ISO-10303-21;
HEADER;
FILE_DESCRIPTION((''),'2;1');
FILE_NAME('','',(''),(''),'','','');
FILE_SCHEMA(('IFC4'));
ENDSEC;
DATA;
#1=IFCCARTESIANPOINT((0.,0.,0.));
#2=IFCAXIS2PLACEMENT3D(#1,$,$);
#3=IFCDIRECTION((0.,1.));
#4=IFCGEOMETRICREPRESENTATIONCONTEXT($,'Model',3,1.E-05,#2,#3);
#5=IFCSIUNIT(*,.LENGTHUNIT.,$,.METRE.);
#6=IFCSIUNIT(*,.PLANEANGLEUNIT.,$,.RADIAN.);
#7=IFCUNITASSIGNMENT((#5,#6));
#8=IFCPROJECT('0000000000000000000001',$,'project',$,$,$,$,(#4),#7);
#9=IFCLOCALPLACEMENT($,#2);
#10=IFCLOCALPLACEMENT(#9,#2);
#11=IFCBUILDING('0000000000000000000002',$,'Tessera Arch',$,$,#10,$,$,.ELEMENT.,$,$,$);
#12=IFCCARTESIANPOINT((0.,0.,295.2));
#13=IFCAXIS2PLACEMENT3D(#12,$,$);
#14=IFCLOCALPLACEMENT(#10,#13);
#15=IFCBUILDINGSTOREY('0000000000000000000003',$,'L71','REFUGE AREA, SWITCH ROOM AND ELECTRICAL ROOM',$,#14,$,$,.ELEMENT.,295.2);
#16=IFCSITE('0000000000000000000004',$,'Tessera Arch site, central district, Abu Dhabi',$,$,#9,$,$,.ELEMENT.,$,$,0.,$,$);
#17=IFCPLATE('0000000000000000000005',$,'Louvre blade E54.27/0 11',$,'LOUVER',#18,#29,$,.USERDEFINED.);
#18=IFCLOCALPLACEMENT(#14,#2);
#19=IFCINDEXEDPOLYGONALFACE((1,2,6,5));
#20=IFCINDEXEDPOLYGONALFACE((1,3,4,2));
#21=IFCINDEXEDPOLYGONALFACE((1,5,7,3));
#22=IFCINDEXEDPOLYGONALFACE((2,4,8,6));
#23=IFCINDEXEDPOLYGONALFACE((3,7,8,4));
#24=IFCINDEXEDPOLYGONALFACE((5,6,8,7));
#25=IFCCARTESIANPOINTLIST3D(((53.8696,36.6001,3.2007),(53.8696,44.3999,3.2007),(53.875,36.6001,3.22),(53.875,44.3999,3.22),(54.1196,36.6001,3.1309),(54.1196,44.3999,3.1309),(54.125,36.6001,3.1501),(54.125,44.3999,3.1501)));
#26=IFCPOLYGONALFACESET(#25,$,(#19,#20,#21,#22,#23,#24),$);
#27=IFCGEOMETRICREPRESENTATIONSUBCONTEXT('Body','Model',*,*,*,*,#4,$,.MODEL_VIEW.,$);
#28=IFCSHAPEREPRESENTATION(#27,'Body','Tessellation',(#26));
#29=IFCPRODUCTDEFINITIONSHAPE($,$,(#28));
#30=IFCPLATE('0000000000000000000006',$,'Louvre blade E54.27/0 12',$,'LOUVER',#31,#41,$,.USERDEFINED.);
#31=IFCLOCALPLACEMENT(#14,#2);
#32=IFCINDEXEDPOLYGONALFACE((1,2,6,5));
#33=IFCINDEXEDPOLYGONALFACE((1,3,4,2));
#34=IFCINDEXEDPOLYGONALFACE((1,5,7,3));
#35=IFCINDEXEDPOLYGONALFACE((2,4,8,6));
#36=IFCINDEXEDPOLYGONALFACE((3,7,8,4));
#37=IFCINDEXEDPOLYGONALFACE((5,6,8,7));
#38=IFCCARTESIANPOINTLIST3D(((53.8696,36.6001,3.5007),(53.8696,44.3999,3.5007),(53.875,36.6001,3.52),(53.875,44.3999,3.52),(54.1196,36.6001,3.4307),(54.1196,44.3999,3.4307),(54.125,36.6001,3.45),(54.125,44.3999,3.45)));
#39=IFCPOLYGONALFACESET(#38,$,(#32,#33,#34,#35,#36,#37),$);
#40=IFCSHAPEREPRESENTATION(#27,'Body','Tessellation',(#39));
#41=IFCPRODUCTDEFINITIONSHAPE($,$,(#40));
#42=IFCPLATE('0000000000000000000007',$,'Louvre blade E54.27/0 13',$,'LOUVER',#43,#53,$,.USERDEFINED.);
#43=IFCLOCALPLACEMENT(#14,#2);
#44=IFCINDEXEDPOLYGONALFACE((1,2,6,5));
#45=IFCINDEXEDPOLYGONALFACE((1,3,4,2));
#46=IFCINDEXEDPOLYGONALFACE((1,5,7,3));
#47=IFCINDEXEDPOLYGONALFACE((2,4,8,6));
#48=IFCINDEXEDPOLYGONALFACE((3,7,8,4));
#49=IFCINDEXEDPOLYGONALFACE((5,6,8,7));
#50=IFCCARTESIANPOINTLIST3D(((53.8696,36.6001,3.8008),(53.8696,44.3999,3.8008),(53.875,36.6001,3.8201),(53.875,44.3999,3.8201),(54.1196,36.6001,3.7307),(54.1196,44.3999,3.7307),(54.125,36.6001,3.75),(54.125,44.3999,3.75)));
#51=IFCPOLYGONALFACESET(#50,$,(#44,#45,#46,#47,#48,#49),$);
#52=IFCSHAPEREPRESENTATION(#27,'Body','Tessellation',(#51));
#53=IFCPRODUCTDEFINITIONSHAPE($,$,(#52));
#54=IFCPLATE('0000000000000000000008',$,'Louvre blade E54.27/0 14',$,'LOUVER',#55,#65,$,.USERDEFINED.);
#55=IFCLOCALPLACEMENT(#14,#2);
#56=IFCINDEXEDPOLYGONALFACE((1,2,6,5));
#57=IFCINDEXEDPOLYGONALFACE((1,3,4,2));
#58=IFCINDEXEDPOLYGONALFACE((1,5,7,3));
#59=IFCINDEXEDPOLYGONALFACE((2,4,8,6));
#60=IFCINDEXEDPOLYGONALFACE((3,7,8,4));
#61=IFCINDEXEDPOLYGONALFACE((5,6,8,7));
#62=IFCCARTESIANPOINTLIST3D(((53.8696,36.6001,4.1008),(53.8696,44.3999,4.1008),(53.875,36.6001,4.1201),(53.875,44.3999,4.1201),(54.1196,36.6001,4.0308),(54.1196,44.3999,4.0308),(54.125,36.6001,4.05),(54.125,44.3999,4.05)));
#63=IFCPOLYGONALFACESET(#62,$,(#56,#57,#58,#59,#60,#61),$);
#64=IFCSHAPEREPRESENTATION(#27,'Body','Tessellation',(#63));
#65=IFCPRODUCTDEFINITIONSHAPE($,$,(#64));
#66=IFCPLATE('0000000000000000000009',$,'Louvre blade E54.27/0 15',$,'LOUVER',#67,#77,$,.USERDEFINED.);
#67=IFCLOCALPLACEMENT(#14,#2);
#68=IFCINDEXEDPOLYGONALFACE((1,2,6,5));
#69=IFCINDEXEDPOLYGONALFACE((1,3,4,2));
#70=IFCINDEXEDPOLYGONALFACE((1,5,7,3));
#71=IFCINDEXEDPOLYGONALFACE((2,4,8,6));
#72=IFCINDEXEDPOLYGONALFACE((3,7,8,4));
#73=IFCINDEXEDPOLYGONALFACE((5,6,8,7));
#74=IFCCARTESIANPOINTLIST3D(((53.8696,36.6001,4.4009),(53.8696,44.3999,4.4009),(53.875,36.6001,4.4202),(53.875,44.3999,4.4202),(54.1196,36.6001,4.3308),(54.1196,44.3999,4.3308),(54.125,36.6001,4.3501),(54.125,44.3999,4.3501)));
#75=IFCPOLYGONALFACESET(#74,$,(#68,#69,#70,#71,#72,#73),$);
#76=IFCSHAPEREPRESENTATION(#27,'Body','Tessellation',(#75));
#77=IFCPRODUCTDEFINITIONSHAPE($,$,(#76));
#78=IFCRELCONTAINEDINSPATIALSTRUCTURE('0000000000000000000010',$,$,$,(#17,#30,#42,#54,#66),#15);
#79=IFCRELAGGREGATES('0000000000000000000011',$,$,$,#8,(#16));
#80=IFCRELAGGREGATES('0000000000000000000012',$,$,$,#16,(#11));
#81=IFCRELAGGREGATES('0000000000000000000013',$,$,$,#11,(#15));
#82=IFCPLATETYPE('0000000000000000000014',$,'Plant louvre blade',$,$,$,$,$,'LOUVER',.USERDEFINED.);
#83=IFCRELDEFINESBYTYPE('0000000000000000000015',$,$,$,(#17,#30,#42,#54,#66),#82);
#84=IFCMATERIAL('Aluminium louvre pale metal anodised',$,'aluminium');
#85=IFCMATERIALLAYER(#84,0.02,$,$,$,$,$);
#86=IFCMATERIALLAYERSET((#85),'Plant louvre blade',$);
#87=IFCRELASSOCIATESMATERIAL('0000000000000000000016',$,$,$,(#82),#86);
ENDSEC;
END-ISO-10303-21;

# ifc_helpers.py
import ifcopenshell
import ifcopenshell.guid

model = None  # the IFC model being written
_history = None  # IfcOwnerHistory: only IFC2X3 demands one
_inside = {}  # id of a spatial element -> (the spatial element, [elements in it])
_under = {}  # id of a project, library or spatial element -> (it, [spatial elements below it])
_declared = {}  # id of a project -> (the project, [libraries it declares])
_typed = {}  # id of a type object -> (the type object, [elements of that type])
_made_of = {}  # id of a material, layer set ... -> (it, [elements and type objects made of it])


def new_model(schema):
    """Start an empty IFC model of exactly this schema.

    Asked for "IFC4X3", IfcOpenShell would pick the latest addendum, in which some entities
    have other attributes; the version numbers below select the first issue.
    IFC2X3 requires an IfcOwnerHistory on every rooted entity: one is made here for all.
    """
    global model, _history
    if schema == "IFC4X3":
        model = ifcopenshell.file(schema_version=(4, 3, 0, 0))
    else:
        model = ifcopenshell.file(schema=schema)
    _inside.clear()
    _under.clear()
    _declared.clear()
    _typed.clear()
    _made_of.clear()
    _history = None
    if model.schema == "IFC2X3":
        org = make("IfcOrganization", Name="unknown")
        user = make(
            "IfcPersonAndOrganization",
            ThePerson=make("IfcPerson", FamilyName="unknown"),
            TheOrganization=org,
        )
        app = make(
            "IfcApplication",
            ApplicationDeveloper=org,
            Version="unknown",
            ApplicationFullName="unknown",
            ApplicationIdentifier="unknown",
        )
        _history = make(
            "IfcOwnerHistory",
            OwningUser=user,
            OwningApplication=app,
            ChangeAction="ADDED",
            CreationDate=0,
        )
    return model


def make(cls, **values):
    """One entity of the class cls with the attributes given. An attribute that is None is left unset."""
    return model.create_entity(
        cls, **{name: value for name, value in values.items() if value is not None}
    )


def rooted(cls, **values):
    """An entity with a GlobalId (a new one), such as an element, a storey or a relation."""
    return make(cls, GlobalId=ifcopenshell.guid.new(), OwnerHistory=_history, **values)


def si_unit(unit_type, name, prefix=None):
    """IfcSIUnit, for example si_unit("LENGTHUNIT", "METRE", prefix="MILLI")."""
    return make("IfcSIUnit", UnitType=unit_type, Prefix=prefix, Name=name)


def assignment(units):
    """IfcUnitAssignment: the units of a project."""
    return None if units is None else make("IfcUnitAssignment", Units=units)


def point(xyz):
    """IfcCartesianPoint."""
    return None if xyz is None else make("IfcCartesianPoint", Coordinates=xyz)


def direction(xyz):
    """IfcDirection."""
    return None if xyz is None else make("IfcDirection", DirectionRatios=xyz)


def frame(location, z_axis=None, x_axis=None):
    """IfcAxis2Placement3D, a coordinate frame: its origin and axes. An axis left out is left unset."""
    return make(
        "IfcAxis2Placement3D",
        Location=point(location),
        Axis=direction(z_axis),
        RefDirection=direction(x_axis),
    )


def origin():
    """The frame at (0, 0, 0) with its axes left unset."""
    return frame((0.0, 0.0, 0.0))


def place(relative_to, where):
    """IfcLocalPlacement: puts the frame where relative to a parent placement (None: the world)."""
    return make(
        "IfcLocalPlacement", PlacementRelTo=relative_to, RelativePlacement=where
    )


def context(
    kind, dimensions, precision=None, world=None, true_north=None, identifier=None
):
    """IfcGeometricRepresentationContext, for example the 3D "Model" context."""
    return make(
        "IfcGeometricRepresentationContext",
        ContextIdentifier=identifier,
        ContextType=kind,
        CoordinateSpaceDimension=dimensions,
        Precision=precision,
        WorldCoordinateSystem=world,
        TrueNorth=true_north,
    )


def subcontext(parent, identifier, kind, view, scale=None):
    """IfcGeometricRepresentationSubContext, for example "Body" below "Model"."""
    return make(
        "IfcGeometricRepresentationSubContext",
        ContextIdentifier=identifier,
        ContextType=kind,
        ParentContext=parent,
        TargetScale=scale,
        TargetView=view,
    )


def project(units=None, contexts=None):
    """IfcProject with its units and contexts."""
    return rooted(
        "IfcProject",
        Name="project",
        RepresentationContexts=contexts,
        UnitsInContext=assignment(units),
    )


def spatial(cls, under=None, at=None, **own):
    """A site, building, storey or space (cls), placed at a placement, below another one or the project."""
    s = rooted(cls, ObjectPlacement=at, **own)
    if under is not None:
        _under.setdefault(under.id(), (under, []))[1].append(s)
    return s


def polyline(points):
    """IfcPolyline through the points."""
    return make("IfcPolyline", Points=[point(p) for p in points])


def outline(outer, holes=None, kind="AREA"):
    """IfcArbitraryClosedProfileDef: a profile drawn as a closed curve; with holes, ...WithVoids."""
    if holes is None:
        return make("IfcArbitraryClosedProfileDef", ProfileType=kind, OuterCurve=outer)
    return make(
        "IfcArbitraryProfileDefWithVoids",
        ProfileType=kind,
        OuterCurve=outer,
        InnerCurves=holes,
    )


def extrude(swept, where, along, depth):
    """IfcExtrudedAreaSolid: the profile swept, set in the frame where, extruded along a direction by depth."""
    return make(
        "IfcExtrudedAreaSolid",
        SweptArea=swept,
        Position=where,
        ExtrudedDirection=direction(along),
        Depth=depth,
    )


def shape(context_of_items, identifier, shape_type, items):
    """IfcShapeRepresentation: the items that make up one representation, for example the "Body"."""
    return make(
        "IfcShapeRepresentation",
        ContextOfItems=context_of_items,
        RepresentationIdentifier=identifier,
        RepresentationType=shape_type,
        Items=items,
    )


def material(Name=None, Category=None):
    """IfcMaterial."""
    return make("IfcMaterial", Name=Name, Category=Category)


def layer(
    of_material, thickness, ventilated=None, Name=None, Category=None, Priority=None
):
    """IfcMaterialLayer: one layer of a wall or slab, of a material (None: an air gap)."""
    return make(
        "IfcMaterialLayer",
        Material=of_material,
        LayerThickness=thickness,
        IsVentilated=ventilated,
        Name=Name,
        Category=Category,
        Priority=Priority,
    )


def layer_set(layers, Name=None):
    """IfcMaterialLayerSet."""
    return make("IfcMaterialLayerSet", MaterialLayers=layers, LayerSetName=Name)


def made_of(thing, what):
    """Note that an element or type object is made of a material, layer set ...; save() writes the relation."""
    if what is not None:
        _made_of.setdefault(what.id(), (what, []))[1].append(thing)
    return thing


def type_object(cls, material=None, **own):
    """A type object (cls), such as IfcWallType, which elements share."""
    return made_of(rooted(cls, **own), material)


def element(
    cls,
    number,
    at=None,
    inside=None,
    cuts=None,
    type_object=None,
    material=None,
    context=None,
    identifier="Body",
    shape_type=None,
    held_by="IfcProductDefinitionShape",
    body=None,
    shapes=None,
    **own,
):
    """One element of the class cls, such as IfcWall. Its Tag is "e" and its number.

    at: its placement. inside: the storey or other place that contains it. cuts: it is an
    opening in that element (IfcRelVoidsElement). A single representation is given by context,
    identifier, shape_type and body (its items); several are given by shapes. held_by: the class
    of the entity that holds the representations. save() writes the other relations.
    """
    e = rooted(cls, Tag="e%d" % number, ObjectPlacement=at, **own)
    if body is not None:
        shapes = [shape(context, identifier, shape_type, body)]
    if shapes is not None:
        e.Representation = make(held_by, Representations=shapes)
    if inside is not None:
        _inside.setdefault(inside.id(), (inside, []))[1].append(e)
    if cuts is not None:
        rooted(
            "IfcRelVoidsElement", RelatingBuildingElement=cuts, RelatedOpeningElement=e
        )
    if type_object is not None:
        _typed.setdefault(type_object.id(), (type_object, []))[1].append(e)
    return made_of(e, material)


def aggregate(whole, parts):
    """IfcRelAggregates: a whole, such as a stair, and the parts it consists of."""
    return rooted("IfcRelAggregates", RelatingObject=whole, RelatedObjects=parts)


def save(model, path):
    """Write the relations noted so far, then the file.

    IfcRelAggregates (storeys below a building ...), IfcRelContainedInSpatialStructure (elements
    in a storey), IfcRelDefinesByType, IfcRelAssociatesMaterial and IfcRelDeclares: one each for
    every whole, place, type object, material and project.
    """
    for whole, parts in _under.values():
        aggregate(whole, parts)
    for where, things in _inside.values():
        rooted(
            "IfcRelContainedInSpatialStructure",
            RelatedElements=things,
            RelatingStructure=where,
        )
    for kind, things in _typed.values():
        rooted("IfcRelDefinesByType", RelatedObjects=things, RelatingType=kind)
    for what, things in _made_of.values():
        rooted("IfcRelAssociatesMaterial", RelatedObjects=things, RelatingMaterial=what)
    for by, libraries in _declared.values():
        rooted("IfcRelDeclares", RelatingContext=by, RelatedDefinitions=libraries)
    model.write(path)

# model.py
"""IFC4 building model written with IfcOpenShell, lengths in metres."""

from ifc_helpers import new_model, si_unit, direction, frame, origin, place, context, subcontext, project, spatial, polyline, outline, extrude, material, layer, layer_set, type_object, element, save


model = new_model("IFC4")

# Units and contexts
model_context = context("Model", 3, precision=1e-05, world=origin(), true_north=direction((0.0, 1.0)))
body_context = subcontext(model_context, "Body", "Model", "MODEL_VIEW")
ifc_project = project(units=[si_unit("LENGTHUNIT", "METRE"), si_unit("PLANEANGLEUNIT", "RADIAN")], contexts=[model_context])

# Site, building, storey
site_placement = place(None, origin())
site = spatial("IfcSite", under=ifc_project, at=site_placement, Name="Tessera Arch site, central district, Abu Dhabi", CompositionType="ELEMENT", RefElevation=0.0)
building_placement = place(site_placement, origin())
building = spatial("IfcBuilding", under=site, at=building_placement, Name="Tessera Arch", CompositionType="ELEMENT")
storey_placement = place(building_placement, frame((0.0, 0.0, 295.2)))
storey = spatial("IfcBuildingStorey", under=building, at=storey_placement, Name="L71", Description="REFUGE AREA, SWITCH ROOM AND ELECTRICAL ROOM", CompositionType="ELEMENT", Elevation=295.2)

# Plates
ifc_material_1 = material(Name="Aluminium louvre pale metal anodised", Category="aluminium")
ifc_layer_1 = layer(ifc_material_1, 0.02)
ifc_layer_set_1 = layer_set([ifc_layer_1], Name="Plant louvre blade")
plate_type_1 = type_object("IfcPlateType", Name="Plant louvre blade", ElementType="LOUVER", PredefinedType="USERDEFINED", material=ifc_layer_set_1)
plate_1_placement = place(storey_placement, frame((54.125, 36.6001, 3.1501), z_axis=(0.269002, 0.0, 0.96314), x_axis=(0.0, 1.0, 0.0)))
element("IfcPlate", 1, at=plate_1_placement, inside=storey, type_object=plate_type_1, Name="Louvre blade E54.27/0 11", ObjectType="LOUVER", PredefinedType="USERDEFINED", context=body_context, shape_type="SweptSolid", body=[
    extrude(outline(polyline([(0.0, 0.0), (7.7998, 0.0), (7.7998, 0.2596), (0.0, 0.2596), (0.0, 0.0)])), origin(), (0.0, 0.0, -1.0), 0.02),
])
for number, where, z_axis, x_axis, name in (
    (2, (54.125, 36.6001, 3.45), (0.269874, 0.0, 0.962896), (0.0, 1.0, 0.0), "Louvre blade E54.27/0 12"),
    (3, (54.125, 36.6001, 3.75), (0.269874, 0.0, 0.962896), (0.0, 1.0, 0.0), "Louvre blade E54.27/0 13"),
    (4, (54.125, 36.6001, 4.05), (0.269874, 0.0, 0.962896), (0.0, 1.0, 0.0), "Louvre blade E54.27/0 14"),
    (5, (54.125, 36.6001, 4.3501), (0.269874, 0.0, 0.962896), (0.0, 1.0, 0.0), "Louvre blade E54.27/0 15"),
):
    element("IfcPlate", number, at=place(storey_placement, frame(where, z_axis=z_axis, x_axis=x_axis)), inside=storey, type_object=plate_type_1, Name=name, ObjectType="LOUVER", PredefinedType="USERDEFINED", context=body_context, shape_type="SweptSolid", body=[
        extrude(outline(polyline([(0.0, 0.0), (7.7998, 0.0), (7.7998, 0.2596), (0.0, 0.2596), (0.0, 0.0)])), origin(), (0.0, 0.0, -1.0), 0.02),
    ])

save(model, "model.ifc")
